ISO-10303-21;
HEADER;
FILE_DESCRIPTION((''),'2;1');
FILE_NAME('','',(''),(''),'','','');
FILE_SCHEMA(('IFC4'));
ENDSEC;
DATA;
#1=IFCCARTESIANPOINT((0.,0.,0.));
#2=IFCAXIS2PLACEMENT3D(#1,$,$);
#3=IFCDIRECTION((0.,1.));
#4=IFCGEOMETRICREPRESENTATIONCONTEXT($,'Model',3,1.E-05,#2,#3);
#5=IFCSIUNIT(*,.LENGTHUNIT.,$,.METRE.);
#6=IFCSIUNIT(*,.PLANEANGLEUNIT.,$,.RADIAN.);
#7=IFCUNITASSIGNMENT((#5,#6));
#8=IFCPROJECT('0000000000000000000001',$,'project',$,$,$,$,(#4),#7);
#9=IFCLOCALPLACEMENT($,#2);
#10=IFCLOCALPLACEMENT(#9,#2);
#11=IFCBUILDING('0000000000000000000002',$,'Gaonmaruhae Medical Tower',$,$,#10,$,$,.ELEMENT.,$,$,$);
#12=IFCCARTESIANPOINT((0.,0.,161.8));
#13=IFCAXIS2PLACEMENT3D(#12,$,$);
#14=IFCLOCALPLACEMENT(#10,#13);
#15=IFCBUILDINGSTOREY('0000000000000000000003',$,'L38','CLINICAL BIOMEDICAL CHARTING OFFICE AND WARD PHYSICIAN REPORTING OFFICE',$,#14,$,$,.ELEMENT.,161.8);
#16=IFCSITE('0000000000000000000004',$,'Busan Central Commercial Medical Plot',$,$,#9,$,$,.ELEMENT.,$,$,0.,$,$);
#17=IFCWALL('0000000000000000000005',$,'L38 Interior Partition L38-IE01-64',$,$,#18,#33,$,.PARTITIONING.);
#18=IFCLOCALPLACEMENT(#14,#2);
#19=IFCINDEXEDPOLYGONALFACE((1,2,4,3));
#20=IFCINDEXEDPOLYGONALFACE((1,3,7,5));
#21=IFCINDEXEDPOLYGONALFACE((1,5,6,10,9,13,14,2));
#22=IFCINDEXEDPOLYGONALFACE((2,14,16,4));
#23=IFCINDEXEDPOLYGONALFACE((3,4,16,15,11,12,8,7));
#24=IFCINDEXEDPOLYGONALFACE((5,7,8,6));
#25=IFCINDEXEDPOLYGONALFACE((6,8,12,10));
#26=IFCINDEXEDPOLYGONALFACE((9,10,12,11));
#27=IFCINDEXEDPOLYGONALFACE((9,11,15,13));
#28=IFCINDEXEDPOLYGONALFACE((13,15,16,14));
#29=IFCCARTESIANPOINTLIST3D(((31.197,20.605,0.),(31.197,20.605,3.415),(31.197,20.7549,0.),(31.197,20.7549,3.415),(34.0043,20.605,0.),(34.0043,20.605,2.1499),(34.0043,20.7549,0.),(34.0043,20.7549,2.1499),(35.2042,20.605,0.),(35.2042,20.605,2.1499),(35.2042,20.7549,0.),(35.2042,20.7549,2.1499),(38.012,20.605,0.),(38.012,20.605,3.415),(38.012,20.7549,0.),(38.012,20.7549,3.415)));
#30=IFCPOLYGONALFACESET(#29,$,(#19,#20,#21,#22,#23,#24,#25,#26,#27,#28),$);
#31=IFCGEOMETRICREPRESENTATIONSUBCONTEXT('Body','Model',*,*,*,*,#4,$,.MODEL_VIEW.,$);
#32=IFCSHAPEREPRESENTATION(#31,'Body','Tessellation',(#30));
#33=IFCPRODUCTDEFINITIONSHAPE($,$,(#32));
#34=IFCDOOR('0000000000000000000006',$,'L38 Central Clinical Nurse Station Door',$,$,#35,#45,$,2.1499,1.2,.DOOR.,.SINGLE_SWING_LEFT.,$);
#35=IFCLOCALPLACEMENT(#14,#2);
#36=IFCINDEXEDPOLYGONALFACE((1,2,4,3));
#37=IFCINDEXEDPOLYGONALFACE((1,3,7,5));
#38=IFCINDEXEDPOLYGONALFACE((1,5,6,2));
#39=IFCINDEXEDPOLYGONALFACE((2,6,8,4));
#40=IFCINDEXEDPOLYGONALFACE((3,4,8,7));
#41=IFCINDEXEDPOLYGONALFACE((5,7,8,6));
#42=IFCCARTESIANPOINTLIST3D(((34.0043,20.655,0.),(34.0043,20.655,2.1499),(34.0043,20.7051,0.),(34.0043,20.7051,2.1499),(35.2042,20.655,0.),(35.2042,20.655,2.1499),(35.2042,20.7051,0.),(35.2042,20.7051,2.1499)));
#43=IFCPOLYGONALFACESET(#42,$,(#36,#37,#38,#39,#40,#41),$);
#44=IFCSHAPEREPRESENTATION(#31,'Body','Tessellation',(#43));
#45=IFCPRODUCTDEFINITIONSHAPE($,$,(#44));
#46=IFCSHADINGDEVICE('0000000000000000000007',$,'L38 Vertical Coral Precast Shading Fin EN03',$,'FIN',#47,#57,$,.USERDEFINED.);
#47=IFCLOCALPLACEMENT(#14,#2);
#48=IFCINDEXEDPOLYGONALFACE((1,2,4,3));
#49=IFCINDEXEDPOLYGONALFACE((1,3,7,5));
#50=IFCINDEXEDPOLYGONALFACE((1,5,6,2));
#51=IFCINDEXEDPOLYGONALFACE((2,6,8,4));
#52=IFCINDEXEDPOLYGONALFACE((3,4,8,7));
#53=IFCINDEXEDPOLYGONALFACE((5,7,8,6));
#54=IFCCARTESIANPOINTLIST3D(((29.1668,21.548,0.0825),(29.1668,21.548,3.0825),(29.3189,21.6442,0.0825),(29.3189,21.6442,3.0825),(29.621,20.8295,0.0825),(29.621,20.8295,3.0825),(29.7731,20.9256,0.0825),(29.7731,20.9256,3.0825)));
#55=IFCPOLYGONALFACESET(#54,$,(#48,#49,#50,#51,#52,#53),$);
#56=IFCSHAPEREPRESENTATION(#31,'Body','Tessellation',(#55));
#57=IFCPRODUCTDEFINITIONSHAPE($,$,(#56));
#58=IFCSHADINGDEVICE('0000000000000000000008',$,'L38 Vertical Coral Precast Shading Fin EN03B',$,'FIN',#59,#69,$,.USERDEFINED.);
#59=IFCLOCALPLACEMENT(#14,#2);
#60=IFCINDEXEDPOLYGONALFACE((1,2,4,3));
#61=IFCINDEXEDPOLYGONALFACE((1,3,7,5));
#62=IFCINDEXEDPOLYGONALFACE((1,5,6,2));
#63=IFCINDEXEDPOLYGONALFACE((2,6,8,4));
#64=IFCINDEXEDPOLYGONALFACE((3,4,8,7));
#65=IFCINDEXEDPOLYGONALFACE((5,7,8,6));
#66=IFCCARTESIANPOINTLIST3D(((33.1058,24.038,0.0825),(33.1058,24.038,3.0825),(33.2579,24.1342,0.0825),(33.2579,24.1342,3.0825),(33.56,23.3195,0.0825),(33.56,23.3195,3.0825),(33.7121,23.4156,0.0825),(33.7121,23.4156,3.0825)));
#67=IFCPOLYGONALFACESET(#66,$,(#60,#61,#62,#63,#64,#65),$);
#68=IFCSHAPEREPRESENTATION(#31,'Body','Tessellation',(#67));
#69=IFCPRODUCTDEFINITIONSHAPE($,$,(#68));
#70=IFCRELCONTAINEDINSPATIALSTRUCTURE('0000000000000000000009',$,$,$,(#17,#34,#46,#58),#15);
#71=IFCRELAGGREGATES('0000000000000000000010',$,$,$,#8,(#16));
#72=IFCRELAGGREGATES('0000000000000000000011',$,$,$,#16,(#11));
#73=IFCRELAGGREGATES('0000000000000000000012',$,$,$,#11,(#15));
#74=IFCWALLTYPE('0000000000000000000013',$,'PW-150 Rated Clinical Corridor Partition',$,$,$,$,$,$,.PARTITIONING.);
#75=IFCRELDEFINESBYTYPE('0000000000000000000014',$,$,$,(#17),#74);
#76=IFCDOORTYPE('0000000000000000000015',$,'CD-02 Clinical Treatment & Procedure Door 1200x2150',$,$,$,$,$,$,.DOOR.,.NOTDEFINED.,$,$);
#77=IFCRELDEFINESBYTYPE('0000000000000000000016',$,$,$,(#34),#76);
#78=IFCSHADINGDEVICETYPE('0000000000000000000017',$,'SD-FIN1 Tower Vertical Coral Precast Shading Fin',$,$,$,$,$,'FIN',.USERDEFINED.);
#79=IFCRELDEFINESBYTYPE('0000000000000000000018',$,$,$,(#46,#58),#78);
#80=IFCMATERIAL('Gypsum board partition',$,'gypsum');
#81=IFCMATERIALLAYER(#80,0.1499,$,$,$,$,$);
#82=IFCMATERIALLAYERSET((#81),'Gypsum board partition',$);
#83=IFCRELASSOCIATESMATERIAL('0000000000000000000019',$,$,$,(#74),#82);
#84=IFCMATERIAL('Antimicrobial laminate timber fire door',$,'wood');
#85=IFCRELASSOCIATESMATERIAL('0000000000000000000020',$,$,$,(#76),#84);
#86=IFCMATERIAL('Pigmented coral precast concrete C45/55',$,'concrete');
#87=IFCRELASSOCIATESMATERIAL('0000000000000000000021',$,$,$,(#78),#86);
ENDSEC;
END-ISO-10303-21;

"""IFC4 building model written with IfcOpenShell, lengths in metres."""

from ifc_helpers import new_model, si_unit, direction, frame, frame_2d, origin, origin_2d, place, context, subcontext, project, spatial, rectangle, extrude, material, layer, layer_set, type_object, element, fill, save


model = new_model("IFC4")

# Units and contexts
model_context = context("Model", 3, precision=1e-05, world=origin(), true_north=direction((0.0, 1.0)))
body_context = subcontext(model_context, "Body", "Model", "MODEL_VIEW")
ifc_project = project(units=[si_unit("LENGTHUNIT", "METRE"), si_unit("PLANEANGLEUNIT", "RADIAN")], contexts=[model_context])

# Site, building, storey
site_placement = place(None, origin())
site = spatial("IfcSite", under=ifc_project, at=site_placement, Name="Busan Central Commercial Medical Plot", CompositionType="ELEMENT", RefElevation=0.0)
building_placement = place(site_placement, origin())
building = spatial("IfcBuilding", under=site, at=building_placement, Name="Gaonmaruhae Medical Tower", CompositionType="ELEMENT")
storey_placement = place(building_placement, frame((0.0, 0.0, 161.8)))
storey = spatial("IfcBuildingStorey", under=building, at=storey_placement, Name="L38", Description="CLINICAL BIOMEDICAL CHARTING OFFICE AND WARD PHYSICIAN REPORTING OFFICE", CompositionType="ELEMENT", Elevation=161.8)

# Shared definitions
ifc_material_1 = material(Name="Gypsum board partition", Category="gypsum")
ifc_layer_1 = layer(ifc_material_1, 0.1499)
ifc_layer_set_1 = layer_set([ifc_layer_1], Name="Gypsum board partition")
wall_type_1 = type_object("IfcWallType", Name="PW-150 Rated Clinical Corridor Partition", PredefinedType="PARTITIONING", material=ifc_layer_set_1)

# Wall, opening, door
wall_1_placement = place(storey_placement, frame((38.012, 20.6799, 0.0), z_axis=(0.0, 0.0, 1.0), x_axis=(-1.0, 0.0, 0.0)))
wall_1 = element("IfcWall", 1, at=wall_1_placement, inside=storey, type_object=wall_type_1, Name="L38 Interior Partition L38-IE01-64", PredefinedType="PARTITIONING", context=body_context, shape_type="SweptSolid", body=[
    extrude(rectangle(XDim=6.8149, YDim=0.1499, at=frame_2d((3.4075, 0.0))), origin(), (0.0, 0.0, 1.0), 3.415),
])
opening_1_placement = place(wall_1_placement, frame((2.8076, 0.0, 0.0)))
opening_1 = element("IfcOpeningElement", 2, at=opening_1_placement, cuts=wall_1, PredefinedType="OPENING", context=body_context, shape_type="SweptSolid", body=[
    extrude(rectangle(XDim=1.2, YDim=2.1499, at=frame_2d((0.6001, 1.075))), frame((0.0, 0.085, 0.0), z_axis=(0.0, -1.0, 0.0), x_axis=(1.0, 0.0, 0.0)), (0.0, 0.0, 1.0), 0.1699),
])
ifc_material_2 = material(Name="Antimicrobial laminate timber fire door", Category="wood")
door_type = type_object("IfcDoorType", Name="CD-02 Clinical Treatment & Procedure Door 1200x2150", OperationType="NOTDEFINED", PredefinedType="DOOR", material=ifc_material_2)
door_placement = place(opening_1_placement, origin())
door = element("IfcDoor", 3, at=door_placement, inside=storey, type_object=door_type, Name="L38 Central Clinical Nurse Station Door", OperationType="SINGLE_SWING_LEFT", OverallHeight=2.1499, OverallWidth=1.2, PredefinedType="DOOR", context=body_context, shape_type="SweptSolid", body=[
    extrude(rectangle(XDim=1.2, YDim=2.1499, at=frame_2d((0.6001, 1.075))), frame((0.0, 0.0249, 0.0), z_axis=(0.0, -1.0, 0.0), x_axis=(1.0, 0.0, 0.0)), (0.0, 0.0, 1.0), 0.05),
])
fill(opening_1, door)

# Shading devices
ifc_material_3 = material(Name="Pigmented coral precast concrete C45/55", Category="concrete")
shading_device_type = type_object("IfcShadingDeviceType", Name="SD-FIN1 Tower Vertical Coral Precast Shading Fin", ElementType="FIN", PredefinedType="USERDEFINED", material=ifc_material_3)
for number, where, z_axis, x_axis, name in (
    (4, (29.47, 21.2368, 0.0825), (0.0, 0.0, 1.0), (0.845271, 0.534338, 0.0), "L38 Vertical Coral Precast Shading Fin EN03"),
    (5, (33.4089, 23.7268, 0.0825), (0.0, 0.0, 1.0), (0.845271, 0.534338, 0.0), "L38 Vertical Coral Precast Shading Fin EN03B"),
):
    element("IfcShadingDevice", number, at=place(storey_placement, frame(where, z_axis=z_axis, x_axis=x_axis)), inside=storey, type_object=shading_device_type, Name=name, ObjectType="FIN", PredefinedType="USERDEFINED", context=body_context, shape_type="SweptSolid", body=[
        extrude(rectangle(XDim=0.1799, YDim=0.8501, at=origin_2d()), origin(), (0.0, 0.0, 1.0), 3.0),
    ])

save(model, "model.ifc")
